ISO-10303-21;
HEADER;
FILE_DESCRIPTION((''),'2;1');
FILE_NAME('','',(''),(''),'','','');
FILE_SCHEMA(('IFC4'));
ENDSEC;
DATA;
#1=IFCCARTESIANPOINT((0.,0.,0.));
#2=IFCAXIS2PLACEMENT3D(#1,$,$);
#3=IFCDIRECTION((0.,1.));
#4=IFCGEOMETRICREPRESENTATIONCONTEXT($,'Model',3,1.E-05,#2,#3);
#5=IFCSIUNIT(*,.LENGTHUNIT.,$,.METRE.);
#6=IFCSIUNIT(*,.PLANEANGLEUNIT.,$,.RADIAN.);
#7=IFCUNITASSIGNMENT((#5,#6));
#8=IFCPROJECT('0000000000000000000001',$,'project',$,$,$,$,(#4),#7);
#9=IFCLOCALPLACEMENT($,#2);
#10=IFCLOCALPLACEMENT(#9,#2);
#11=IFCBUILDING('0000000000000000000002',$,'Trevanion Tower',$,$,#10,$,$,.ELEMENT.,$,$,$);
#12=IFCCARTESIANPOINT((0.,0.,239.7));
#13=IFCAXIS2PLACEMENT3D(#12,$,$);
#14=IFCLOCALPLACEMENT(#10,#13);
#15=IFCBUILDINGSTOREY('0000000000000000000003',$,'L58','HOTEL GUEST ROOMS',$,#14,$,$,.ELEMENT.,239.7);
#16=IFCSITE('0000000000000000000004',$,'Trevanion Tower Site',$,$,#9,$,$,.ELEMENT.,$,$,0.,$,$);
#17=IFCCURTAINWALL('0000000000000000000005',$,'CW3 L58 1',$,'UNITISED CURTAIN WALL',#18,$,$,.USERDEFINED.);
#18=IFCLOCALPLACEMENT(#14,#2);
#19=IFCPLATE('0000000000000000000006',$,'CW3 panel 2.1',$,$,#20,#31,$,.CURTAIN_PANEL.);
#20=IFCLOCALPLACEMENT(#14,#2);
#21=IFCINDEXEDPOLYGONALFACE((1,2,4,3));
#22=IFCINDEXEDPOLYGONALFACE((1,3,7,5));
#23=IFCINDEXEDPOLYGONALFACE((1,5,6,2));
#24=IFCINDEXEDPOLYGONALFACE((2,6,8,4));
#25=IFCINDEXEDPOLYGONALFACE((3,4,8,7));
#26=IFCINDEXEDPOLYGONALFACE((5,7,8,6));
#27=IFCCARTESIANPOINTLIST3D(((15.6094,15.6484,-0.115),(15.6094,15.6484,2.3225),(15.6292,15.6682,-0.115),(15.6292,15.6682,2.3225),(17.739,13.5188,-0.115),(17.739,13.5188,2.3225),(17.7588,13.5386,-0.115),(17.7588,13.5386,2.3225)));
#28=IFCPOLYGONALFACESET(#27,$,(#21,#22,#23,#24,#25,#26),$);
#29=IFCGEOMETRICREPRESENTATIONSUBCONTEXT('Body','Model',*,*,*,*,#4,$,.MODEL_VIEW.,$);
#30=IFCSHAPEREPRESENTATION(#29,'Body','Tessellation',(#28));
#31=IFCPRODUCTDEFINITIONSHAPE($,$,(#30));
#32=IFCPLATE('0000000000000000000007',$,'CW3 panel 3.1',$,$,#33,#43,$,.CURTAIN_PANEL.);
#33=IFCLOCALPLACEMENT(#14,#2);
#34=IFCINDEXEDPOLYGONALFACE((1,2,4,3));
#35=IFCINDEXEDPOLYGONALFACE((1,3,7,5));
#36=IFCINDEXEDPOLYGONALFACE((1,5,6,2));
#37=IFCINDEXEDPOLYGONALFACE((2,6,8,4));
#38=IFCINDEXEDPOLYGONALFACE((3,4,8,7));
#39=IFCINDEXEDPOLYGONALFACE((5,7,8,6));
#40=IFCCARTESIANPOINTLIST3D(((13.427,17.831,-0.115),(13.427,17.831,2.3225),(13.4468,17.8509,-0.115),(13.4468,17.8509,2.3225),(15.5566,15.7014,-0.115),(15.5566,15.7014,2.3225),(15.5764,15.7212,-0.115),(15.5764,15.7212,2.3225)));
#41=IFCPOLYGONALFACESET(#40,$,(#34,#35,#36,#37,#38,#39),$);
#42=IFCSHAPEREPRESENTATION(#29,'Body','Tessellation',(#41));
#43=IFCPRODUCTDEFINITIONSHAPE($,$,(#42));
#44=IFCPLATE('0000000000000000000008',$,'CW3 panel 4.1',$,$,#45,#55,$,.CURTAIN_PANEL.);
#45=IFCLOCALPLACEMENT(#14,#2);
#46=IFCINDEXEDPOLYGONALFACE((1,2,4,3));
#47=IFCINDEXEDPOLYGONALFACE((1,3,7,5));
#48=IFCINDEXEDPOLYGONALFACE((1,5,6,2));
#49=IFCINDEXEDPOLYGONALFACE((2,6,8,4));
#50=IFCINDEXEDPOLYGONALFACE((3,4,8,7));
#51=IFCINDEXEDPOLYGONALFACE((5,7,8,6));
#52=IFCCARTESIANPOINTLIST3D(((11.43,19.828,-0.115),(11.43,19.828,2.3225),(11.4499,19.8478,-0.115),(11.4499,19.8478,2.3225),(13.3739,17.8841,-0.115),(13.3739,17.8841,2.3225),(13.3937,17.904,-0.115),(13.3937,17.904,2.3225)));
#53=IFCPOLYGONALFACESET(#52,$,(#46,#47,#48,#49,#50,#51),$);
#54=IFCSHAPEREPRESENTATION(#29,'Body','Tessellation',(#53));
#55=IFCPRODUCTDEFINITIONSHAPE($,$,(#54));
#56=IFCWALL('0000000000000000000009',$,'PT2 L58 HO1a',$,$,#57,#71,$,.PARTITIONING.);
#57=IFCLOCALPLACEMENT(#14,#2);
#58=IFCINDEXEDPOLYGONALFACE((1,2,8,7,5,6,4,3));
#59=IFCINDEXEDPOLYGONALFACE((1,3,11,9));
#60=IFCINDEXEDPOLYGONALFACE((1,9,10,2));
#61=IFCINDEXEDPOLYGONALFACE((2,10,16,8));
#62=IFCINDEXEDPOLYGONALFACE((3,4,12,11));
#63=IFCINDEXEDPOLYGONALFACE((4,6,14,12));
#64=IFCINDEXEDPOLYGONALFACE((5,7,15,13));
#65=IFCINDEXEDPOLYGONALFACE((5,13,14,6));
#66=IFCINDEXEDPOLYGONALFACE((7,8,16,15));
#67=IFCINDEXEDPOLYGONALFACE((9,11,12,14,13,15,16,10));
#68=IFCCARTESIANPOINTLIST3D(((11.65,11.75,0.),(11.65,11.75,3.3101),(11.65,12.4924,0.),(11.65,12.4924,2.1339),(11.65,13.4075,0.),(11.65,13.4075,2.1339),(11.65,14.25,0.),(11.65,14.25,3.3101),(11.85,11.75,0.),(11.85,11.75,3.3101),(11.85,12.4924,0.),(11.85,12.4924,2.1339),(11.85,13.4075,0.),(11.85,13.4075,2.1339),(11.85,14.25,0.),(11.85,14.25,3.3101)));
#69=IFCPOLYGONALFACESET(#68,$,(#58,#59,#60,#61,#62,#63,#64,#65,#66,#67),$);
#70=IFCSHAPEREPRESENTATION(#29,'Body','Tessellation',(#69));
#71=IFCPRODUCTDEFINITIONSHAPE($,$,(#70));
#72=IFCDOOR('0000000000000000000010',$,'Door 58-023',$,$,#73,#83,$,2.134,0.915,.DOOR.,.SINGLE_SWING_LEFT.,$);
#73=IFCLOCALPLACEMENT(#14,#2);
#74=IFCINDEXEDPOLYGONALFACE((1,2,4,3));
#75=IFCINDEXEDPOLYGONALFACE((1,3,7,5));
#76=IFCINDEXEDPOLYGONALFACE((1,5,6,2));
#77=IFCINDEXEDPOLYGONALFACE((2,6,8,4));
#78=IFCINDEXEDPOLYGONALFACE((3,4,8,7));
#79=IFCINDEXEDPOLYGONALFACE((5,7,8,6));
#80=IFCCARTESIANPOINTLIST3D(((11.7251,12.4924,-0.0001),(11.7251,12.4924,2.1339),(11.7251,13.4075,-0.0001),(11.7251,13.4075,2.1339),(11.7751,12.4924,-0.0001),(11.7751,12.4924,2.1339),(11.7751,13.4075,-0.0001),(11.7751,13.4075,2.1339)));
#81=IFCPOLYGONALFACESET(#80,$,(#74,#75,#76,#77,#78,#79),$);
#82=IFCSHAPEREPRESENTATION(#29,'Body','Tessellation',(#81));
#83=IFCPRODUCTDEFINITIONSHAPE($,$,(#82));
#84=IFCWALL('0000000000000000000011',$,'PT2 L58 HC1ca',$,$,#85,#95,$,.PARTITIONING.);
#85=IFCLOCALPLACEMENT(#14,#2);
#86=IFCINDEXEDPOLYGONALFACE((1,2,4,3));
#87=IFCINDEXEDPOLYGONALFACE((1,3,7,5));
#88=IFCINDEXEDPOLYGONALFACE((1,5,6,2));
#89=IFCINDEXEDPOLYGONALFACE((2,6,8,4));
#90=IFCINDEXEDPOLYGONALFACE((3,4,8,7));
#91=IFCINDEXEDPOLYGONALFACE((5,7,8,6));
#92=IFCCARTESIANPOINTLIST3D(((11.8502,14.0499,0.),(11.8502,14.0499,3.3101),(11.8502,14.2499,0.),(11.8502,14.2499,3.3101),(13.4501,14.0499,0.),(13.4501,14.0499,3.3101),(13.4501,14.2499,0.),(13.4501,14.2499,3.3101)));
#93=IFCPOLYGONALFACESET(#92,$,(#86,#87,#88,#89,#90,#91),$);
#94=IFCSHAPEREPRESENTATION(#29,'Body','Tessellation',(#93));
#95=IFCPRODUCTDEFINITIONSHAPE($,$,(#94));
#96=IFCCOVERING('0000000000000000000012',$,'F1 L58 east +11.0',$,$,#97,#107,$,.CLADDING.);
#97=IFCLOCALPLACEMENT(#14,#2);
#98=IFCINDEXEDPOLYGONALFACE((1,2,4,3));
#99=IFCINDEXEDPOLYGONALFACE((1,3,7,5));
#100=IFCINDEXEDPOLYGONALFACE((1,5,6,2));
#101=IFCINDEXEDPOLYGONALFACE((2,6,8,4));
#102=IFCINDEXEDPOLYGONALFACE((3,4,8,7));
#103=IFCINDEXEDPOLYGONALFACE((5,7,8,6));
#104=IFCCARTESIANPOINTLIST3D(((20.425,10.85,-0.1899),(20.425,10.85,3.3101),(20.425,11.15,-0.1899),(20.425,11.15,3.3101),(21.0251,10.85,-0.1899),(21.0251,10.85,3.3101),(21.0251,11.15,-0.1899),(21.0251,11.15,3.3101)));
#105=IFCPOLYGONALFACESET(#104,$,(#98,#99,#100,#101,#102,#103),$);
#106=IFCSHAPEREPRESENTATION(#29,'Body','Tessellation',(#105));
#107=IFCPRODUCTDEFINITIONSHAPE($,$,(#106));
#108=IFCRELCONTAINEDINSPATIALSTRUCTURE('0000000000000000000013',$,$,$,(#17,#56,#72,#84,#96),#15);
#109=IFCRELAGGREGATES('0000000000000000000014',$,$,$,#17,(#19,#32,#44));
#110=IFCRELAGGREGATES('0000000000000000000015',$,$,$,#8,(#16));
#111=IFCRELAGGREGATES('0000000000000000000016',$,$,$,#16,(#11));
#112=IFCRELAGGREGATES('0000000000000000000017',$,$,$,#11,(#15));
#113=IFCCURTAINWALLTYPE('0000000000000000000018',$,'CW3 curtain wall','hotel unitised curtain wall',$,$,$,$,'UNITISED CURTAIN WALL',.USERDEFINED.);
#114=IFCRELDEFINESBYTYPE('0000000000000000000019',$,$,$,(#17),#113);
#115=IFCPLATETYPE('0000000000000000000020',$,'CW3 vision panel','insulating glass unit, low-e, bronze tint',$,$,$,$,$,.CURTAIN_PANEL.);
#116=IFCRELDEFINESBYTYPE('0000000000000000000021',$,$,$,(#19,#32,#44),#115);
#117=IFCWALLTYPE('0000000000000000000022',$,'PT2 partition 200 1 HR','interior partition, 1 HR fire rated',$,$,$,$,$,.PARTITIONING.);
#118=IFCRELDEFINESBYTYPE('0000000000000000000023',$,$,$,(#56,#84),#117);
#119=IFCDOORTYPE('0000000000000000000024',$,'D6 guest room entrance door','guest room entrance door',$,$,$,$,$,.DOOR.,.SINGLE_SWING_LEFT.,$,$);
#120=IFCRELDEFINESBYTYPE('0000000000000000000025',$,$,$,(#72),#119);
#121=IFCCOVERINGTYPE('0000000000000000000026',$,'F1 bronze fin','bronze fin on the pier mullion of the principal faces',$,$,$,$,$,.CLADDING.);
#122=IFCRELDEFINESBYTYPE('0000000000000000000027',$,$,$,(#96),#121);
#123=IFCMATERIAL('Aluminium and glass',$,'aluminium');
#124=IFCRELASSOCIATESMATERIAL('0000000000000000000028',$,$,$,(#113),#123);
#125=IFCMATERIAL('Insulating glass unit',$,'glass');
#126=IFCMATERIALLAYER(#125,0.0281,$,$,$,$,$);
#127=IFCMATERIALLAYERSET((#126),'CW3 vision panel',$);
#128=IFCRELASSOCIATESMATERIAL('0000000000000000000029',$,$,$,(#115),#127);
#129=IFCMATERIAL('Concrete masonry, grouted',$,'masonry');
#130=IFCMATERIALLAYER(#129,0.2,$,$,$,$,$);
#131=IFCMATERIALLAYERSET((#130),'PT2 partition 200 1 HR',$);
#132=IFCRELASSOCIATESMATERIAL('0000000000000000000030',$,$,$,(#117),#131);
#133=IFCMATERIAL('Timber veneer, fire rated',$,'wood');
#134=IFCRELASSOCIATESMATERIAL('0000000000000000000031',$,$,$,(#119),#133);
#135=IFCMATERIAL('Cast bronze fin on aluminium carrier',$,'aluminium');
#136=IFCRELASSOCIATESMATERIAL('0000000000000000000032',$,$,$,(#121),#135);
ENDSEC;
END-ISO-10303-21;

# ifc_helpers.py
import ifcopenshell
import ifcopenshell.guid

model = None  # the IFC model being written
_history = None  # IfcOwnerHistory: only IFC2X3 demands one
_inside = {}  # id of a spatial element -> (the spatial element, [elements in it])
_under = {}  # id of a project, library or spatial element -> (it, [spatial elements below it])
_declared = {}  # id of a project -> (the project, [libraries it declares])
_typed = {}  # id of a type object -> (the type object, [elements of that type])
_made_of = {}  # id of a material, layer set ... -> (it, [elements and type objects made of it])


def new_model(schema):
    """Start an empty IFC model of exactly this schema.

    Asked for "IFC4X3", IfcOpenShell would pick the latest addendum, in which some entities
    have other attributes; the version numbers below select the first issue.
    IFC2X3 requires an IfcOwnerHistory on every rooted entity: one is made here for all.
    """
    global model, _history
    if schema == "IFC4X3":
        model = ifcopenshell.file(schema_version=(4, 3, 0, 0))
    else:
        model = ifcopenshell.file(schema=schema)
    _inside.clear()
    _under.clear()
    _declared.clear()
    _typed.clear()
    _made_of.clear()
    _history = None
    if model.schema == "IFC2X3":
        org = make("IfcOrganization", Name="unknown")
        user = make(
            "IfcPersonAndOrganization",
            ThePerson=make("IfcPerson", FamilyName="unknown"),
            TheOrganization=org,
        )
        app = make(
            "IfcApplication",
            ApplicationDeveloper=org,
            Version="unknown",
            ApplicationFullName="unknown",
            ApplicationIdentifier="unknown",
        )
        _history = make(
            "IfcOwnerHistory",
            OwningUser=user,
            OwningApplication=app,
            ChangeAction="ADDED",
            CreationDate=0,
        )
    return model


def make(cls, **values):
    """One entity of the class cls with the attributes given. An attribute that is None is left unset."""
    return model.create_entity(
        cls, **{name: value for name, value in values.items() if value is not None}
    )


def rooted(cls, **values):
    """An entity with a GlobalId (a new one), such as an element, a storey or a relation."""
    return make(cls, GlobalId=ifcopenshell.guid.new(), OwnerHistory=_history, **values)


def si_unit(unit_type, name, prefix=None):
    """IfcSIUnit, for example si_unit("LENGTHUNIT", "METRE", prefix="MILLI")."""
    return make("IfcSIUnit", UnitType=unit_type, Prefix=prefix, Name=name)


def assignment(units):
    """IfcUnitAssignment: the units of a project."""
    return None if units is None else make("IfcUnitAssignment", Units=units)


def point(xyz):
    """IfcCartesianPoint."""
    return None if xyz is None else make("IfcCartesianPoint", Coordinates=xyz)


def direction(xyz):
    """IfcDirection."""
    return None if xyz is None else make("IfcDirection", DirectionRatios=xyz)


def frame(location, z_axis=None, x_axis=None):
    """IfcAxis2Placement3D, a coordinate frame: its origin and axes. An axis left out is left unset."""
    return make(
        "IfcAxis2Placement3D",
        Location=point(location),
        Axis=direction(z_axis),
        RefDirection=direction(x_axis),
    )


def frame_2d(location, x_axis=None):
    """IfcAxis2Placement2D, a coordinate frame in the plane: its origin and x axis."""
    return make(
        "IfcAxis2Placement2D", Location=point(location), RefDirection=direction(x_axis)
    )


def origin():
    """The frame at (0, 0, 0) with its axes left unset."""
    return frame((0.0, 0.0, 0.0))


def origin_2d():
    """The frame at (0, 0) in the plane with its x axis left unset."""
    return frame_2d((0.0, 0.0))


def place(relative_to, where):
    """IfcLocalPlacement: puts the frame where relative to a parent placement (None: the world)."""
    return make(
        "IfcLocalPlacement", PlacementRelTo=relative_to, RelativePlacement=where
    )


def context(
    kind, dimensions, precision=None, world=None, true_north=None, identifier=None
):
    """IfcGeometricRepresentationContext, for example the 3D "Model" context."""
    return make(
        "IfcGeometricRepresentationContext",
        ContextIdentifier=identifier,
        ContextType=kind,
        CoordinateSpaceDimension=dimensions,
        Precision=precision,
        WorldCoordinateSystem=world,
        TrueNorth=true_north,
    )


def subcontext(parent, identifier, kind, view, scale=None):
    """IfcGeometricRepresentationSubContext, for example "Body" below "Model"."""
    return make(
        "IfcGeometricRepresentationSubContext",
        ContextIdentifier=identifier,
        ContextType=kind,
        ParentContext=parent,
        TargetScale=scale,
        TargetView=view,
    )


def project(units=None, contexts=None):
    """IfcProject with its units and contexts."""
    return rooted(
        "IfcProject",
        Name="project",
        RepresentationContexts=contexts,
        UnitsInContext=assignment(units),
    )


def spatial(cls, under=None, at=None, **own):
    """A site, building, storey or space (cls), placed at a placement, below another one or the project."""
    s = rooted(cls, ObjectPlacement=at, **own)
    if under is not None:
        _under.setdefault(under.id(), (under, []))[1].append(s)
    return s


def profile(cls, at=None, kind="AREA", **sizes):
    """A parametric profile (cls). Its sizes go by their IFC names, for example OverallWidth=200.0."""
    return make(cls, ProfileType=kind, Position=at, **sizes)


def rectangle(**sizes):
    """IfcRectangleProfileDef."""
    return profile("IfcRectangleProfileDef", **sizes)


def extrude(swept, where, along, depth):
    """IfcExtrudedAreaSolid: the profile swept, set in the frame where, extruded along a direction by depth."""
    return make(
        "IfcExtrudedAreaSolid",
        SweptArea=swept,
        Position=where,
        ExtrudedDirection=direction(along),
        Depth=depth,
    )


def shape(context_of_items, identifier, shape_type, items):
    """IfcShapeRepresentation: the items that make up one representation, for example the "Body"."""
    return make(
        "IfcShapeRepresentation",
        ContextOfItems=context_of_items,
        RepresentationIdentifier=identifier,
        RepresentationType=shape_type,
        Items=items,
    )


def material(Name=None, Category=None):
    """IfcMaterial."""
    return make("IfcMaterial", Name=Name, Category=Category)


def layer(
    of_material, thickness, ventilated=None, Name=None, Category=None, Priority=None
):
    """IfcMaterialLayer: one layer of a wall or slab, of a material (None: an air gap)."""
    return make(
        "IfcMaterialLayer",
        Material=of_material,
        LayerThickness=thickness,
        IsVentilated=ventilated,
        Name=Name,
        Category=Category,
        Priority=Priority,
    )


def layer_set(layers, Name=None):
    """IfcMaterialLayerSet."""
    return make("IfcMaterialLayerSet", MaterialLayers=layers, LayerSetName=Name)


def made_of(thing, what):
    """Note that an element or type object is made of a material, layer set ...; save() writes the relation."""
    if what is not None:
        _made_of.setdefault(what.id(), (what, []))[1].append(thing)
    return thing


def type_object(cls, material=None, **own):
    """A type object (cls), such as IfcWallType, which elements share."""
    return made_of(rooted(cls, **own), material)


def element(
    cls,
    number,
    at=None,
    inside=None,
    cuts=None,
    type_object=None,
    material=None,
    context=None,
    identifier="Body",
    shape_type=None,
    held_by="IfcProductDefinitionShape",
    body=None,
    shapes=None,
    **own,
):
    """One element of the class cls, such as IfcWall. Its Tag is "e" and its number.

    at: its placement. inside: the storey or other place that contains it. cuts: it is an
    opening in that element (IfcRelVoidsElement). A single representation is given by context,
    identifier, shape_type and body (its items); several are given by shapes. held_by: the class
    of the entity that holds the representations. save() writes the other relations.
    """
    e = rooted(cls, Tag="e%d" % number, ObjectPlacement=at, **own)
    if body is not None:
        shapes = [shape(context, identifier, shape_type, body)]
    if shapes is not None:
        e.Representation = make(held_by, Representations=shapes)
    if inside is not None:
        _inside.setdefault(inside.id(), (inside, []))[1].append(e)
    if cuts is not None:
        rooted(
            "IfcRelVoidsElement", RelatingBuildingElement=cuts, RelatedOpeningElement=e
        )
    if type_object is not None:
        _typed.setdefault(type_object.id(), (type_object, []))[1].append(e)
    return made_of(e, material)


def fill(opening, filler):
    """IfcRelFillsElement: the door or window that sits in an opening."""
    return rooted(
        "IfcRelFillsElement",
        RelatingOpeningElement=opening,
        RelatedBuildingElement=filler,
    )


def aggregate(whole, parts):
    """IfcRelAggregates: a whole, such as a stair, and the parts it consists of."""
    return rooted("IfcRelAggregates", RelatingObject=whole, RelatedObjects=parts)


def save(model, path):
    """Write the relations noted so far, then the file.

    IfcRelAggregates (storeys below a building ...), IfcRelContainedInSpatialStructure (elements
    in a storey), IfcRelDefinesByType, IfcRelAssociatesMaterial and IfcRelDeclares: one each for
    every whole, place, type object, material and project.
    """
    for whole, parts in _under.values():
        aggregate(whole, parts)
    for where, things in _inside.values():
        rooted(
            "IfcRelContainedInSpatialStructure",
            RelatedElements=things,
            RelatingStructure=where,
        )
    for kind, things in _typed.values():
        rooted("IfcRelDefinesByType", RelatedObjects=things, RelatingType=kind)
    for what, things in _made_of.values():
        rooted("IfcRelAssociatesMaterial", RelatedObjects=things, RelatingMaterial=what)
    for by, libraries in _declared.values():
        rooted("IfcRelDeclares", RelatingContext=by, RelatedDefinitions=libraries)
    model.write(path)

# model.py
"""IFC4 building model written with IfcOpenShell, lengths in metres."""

from ifc_helpers import new_model, si_unit, direction, frame, frame_2d, origin, origin_2d, place, context, subcontext, project, spatial, rectangle, extrude, material, layer, layer_set, type_object, element, fill, aggregate, save


model = new_model("IFC4")

# Units and contexts
model_context = context("Model", 3, precision=1e-05, world=origin(), true_north=direction((0.0, 1.0)))
body_context = subcontext(model_context, "Body", "Model", "MODEL_VIEW")
ifc_project = project(units=[si_unit("LENGTHUNIT", "METRE"), si_unit("PLANEANGLEUNIT", "RADIAN")], contexts=[model_context])

# Site, building, storey
site_placement = place(None, origin())
site = spatial("IfcSite", under=ifc_project, at=site_placement, Name="Trevanion Tower Site", CompositionType="ELEMENT", RefElevation=0.0)
building_placement = place(site_placement, origin())
building = spatial("IfcBuilding", under=site, at=building_placement, Name="Trevanion Tower", CompositionType="ELEMENT")
storey_placement = place(building_placement, frame((0.0, 0.0, 239.7)))
storey = spatial("IfcBuildingStorey", under=building, at=storey_placement, Name="L58", Description="HOTEL GUEST ROOMS", CompositionType="ELEMENT", Elevation=239.7)

# Curtain wall
ifc_material_1 = material(Name="Aluminium and glass", Category="aluminium")
curtain_wall_type = type_object("IfcCurtainWallType", Name="CW3 curtain wall", Description="hotel unitised curtain wall", ElementType="UNITISED CURTAIN WALL", PredefinedType="USERDEFINED", material=ifc_material_1)
curtain_wall_1_placement = place(storey_placement, origin())
curtain_wall_1 = element("IfcCurtainWall", 1, at=curtain_wall_1_placement, inside=storey, type_object=curtain_wall_type, Name="CW3 L58 1", ObjectType="UNITISED CURTAIN WALL", PredefinedType="USERDEFINED")

# Plates
ifc_material_2 = material(Name="Insulating glass unit", Category="glass")
ifc_layer_1 = layer(ifc_material_2, 0.0281)
ifc_layer_set_1 = layer_set([ifc_layer_1], Name="CW3 vision panel")
plate_type_1 = type_object("IfcPlateType", Name="CW3 vision panel", Description="insulating glass unit, low-e, bronze tint", PredefinedType="CURTAIN_PANEL", material=ifc_layer_set_1)
plate_1_placement = place(storey_placement, frame((16.6841, 14.5935, -0.115), z_axis=(0.0, 0.0, 1.0), x_axis=(-0.707107, 0.707107, 0.0)))
plate_1 = element("IfcPlate", 2, at=plate_1_placement, type_object=plate_type_1, Name="CW3 panel 2.1", PredefinedType="CURTAIN_PANEL", context=body_context, shape_type="SweptSolid", body=[
    extrude(rectangle(XDim=3.0117, YDim=0.0281, at=origin_2d()), origin(), (0.0, 0.0, 1.0), 2.4375),
])
plate_2_placement = place(storey_placement, frame((14.5017, 16.7761, -0.115), z_axis=(0.0, 0.0, 1.0), x_axis=(-0.707107, 0.707107, 0.0)))
plate_2 = element("IfcPlate", 3, at=plate_2_placement, type_object=plate_type_1, Name="CW3 panel 3.1", PredefinedType="CURTAIN_PANEL", context=body_context, shape_type="SweptSolid", body=[
    extrude(rectangle(XDim=3.0117, YDim=0.0281, at=origin_2d()), origin(), (0.0, 0.0, 1.0), 2.4375),
])
plate_3_placement = place(storey_placement, frame((12.4119, 18.866, -0.115), z_axis=(0.0, 0.0, 1.0), x_axis=(-0.707107, 0.707107, 0.0)))
plate_3 = element("IfcPlate", 4, at=plate_3_placement, type_object=plate_type_1, Name="CW3 panel 4.1", PredefinedType="CURTAIN_PANEL", context=body_context, shape_type="SweptSolid", body=[
    extrude(rectangle(XDim=2.749, YDim=0.0281, at=origin_2d()), origin(), (0.0, 0.0, 1.0), 2.4375),
])
aggregate(curtain_wall_1, [plate_1, plate_2, plate_3])

# Wall, opening, door
ifc_material_3 = material(Name="Concrete masonry, grouted", Category="masonry")
ifc_layer_2 = layer(ifc_material_3, 0.2)
ifc_layer_set_2 = layer_set([ifc_layer_2], Name="PT2 partition 200 1 HR")
wall_type = type_object("IfcWallType", Name="PT2 partition 200 1 HR", Description="interior partition, 1 HR fire rated", PredefinedType="PARTITIONING", material=ifc_layer_set_2)
wall_1_placement = place(storey_placement, frame((11.75, 11.75, 0.0), z_axis=(0.0, 0.0, 1.0), x_axis=(0.0, 1.0, 0.0)))
wall_1 = element("IfcWall", 5, at=wall_1_placement, inside=storey, type_object=wall_type, Name="PT2 L58 HO1a", PredefinedType="PARTITIONING", context=body_context, shape_type="SweptSolid", body=[
    extrude(rectangle(XDim=2.5, YDim=0.2, at=frame_2d((1.25, 0.0))), origin(), (0.0, 0.0, 1.0), 3.3101),
])
opening_placement = place(wall_1_placement, frame((0.7424, 0.0, 0.0)))
opening = element("IfcOpeningElement", 6, at=opening_placement, cuts=wall_1, PredefinedType="OPENING", context=body_context, shape_type="SweptSolid", body=[
    extrude(rectangle(XDim=0.915, YDim=2.134, at=frame_2d((0.4575, 1.0669))), frame((0.0, 0.1099, 0.0), z_axis=(0.0, -1.0, 0.0), x_axis=(1.0, 0.0, 0.0)), (0.0, 0.0, 1.0), 0.22),
])
ifc_material_4 = material(Name="Timber veneer, fire rated", Category="wood")
door_type = type_object("IfcDoorType", Name="D6 guest room entrance door", Description="guest room entrance door", OperationType="SINGLE_SWING_LEFT", PredefinedType="DOOR", material=ifc_material_4)
door_placement = place(opening_placement, origin())
door = element("IfcDoor", 7, at=door_placement, inside=storey, type_object=door_type, Name="Door 58-023", OperationType="SINGLE_SWING_LEFT", OverallHeight=2.134, OverallWidth=0.915, PredefinedType="DOOR", context=body_context, shape_type="SweptSolid", body=[
    extrude(rectangle(XDim=0.915, YDim=2.134, at=frame_2d((0.4575, 1.0669))), frame((0.0, 0.0249, 0.0), z_axis=(0.0, -1.0, 0.0), x_axis=(1.0, 0.0, 0.0)), (0.0, 0.0, 1.0), 0.05),
])
fill(opening, door)

# Wall
wall_2_placement = place(storey_placement, frame((13.45, 14.1499, 0.0), z_axis=(0.0, 0.0, 1.0), x_axis=(-1.0, 0.0, 0.0)))
element("IfcWall", 8, at=wall_2_placement, inside=storey, type_object=wall_type, Name="PT2 L58 HC1ca", PredefinedType="PARTITIONING", context=body_context, shape_type="SweptSolid", body=[
    extrude(rectangle(XDim=1.5999, YDim=0.2, at=frame_2d((0.7998, 0.0))), origin(), (0.0, 0.0, 1.0), 3.3101),
])

# Covering
ifc_material_5 = material(Name="Cast bronze fin on aluminium carrier", Category="aluminium")
covering_type = type_object("IfcCoveringType", Name="F1 bronze fin", Description="bronze fin on the pier mullion of the principal faces", PredefinedType="CLADDING", material=ifc_material_5)
covering_placement = place(storey_placement, frame((20.7251, 11.0, -0.1899), z_axis=(0.0, 0.0, 1.0), x_axis=(0.0, 1.0, 0.0)))
element("IfcCovering", 9, at=covering_placement, inside=storey, type_object=covering_type, Name="F1 L58 east +11.0", PredefinedType="CLADDING", context=body_context, shape_type="SweptSolid", body=[
    extrude(rectangle(XDim=0.3, YDim=0.6001, at=origin_2d()), origin(), (0.0, 0.0, 1.0), 3.5),
])

save(model, "model.ifc")
